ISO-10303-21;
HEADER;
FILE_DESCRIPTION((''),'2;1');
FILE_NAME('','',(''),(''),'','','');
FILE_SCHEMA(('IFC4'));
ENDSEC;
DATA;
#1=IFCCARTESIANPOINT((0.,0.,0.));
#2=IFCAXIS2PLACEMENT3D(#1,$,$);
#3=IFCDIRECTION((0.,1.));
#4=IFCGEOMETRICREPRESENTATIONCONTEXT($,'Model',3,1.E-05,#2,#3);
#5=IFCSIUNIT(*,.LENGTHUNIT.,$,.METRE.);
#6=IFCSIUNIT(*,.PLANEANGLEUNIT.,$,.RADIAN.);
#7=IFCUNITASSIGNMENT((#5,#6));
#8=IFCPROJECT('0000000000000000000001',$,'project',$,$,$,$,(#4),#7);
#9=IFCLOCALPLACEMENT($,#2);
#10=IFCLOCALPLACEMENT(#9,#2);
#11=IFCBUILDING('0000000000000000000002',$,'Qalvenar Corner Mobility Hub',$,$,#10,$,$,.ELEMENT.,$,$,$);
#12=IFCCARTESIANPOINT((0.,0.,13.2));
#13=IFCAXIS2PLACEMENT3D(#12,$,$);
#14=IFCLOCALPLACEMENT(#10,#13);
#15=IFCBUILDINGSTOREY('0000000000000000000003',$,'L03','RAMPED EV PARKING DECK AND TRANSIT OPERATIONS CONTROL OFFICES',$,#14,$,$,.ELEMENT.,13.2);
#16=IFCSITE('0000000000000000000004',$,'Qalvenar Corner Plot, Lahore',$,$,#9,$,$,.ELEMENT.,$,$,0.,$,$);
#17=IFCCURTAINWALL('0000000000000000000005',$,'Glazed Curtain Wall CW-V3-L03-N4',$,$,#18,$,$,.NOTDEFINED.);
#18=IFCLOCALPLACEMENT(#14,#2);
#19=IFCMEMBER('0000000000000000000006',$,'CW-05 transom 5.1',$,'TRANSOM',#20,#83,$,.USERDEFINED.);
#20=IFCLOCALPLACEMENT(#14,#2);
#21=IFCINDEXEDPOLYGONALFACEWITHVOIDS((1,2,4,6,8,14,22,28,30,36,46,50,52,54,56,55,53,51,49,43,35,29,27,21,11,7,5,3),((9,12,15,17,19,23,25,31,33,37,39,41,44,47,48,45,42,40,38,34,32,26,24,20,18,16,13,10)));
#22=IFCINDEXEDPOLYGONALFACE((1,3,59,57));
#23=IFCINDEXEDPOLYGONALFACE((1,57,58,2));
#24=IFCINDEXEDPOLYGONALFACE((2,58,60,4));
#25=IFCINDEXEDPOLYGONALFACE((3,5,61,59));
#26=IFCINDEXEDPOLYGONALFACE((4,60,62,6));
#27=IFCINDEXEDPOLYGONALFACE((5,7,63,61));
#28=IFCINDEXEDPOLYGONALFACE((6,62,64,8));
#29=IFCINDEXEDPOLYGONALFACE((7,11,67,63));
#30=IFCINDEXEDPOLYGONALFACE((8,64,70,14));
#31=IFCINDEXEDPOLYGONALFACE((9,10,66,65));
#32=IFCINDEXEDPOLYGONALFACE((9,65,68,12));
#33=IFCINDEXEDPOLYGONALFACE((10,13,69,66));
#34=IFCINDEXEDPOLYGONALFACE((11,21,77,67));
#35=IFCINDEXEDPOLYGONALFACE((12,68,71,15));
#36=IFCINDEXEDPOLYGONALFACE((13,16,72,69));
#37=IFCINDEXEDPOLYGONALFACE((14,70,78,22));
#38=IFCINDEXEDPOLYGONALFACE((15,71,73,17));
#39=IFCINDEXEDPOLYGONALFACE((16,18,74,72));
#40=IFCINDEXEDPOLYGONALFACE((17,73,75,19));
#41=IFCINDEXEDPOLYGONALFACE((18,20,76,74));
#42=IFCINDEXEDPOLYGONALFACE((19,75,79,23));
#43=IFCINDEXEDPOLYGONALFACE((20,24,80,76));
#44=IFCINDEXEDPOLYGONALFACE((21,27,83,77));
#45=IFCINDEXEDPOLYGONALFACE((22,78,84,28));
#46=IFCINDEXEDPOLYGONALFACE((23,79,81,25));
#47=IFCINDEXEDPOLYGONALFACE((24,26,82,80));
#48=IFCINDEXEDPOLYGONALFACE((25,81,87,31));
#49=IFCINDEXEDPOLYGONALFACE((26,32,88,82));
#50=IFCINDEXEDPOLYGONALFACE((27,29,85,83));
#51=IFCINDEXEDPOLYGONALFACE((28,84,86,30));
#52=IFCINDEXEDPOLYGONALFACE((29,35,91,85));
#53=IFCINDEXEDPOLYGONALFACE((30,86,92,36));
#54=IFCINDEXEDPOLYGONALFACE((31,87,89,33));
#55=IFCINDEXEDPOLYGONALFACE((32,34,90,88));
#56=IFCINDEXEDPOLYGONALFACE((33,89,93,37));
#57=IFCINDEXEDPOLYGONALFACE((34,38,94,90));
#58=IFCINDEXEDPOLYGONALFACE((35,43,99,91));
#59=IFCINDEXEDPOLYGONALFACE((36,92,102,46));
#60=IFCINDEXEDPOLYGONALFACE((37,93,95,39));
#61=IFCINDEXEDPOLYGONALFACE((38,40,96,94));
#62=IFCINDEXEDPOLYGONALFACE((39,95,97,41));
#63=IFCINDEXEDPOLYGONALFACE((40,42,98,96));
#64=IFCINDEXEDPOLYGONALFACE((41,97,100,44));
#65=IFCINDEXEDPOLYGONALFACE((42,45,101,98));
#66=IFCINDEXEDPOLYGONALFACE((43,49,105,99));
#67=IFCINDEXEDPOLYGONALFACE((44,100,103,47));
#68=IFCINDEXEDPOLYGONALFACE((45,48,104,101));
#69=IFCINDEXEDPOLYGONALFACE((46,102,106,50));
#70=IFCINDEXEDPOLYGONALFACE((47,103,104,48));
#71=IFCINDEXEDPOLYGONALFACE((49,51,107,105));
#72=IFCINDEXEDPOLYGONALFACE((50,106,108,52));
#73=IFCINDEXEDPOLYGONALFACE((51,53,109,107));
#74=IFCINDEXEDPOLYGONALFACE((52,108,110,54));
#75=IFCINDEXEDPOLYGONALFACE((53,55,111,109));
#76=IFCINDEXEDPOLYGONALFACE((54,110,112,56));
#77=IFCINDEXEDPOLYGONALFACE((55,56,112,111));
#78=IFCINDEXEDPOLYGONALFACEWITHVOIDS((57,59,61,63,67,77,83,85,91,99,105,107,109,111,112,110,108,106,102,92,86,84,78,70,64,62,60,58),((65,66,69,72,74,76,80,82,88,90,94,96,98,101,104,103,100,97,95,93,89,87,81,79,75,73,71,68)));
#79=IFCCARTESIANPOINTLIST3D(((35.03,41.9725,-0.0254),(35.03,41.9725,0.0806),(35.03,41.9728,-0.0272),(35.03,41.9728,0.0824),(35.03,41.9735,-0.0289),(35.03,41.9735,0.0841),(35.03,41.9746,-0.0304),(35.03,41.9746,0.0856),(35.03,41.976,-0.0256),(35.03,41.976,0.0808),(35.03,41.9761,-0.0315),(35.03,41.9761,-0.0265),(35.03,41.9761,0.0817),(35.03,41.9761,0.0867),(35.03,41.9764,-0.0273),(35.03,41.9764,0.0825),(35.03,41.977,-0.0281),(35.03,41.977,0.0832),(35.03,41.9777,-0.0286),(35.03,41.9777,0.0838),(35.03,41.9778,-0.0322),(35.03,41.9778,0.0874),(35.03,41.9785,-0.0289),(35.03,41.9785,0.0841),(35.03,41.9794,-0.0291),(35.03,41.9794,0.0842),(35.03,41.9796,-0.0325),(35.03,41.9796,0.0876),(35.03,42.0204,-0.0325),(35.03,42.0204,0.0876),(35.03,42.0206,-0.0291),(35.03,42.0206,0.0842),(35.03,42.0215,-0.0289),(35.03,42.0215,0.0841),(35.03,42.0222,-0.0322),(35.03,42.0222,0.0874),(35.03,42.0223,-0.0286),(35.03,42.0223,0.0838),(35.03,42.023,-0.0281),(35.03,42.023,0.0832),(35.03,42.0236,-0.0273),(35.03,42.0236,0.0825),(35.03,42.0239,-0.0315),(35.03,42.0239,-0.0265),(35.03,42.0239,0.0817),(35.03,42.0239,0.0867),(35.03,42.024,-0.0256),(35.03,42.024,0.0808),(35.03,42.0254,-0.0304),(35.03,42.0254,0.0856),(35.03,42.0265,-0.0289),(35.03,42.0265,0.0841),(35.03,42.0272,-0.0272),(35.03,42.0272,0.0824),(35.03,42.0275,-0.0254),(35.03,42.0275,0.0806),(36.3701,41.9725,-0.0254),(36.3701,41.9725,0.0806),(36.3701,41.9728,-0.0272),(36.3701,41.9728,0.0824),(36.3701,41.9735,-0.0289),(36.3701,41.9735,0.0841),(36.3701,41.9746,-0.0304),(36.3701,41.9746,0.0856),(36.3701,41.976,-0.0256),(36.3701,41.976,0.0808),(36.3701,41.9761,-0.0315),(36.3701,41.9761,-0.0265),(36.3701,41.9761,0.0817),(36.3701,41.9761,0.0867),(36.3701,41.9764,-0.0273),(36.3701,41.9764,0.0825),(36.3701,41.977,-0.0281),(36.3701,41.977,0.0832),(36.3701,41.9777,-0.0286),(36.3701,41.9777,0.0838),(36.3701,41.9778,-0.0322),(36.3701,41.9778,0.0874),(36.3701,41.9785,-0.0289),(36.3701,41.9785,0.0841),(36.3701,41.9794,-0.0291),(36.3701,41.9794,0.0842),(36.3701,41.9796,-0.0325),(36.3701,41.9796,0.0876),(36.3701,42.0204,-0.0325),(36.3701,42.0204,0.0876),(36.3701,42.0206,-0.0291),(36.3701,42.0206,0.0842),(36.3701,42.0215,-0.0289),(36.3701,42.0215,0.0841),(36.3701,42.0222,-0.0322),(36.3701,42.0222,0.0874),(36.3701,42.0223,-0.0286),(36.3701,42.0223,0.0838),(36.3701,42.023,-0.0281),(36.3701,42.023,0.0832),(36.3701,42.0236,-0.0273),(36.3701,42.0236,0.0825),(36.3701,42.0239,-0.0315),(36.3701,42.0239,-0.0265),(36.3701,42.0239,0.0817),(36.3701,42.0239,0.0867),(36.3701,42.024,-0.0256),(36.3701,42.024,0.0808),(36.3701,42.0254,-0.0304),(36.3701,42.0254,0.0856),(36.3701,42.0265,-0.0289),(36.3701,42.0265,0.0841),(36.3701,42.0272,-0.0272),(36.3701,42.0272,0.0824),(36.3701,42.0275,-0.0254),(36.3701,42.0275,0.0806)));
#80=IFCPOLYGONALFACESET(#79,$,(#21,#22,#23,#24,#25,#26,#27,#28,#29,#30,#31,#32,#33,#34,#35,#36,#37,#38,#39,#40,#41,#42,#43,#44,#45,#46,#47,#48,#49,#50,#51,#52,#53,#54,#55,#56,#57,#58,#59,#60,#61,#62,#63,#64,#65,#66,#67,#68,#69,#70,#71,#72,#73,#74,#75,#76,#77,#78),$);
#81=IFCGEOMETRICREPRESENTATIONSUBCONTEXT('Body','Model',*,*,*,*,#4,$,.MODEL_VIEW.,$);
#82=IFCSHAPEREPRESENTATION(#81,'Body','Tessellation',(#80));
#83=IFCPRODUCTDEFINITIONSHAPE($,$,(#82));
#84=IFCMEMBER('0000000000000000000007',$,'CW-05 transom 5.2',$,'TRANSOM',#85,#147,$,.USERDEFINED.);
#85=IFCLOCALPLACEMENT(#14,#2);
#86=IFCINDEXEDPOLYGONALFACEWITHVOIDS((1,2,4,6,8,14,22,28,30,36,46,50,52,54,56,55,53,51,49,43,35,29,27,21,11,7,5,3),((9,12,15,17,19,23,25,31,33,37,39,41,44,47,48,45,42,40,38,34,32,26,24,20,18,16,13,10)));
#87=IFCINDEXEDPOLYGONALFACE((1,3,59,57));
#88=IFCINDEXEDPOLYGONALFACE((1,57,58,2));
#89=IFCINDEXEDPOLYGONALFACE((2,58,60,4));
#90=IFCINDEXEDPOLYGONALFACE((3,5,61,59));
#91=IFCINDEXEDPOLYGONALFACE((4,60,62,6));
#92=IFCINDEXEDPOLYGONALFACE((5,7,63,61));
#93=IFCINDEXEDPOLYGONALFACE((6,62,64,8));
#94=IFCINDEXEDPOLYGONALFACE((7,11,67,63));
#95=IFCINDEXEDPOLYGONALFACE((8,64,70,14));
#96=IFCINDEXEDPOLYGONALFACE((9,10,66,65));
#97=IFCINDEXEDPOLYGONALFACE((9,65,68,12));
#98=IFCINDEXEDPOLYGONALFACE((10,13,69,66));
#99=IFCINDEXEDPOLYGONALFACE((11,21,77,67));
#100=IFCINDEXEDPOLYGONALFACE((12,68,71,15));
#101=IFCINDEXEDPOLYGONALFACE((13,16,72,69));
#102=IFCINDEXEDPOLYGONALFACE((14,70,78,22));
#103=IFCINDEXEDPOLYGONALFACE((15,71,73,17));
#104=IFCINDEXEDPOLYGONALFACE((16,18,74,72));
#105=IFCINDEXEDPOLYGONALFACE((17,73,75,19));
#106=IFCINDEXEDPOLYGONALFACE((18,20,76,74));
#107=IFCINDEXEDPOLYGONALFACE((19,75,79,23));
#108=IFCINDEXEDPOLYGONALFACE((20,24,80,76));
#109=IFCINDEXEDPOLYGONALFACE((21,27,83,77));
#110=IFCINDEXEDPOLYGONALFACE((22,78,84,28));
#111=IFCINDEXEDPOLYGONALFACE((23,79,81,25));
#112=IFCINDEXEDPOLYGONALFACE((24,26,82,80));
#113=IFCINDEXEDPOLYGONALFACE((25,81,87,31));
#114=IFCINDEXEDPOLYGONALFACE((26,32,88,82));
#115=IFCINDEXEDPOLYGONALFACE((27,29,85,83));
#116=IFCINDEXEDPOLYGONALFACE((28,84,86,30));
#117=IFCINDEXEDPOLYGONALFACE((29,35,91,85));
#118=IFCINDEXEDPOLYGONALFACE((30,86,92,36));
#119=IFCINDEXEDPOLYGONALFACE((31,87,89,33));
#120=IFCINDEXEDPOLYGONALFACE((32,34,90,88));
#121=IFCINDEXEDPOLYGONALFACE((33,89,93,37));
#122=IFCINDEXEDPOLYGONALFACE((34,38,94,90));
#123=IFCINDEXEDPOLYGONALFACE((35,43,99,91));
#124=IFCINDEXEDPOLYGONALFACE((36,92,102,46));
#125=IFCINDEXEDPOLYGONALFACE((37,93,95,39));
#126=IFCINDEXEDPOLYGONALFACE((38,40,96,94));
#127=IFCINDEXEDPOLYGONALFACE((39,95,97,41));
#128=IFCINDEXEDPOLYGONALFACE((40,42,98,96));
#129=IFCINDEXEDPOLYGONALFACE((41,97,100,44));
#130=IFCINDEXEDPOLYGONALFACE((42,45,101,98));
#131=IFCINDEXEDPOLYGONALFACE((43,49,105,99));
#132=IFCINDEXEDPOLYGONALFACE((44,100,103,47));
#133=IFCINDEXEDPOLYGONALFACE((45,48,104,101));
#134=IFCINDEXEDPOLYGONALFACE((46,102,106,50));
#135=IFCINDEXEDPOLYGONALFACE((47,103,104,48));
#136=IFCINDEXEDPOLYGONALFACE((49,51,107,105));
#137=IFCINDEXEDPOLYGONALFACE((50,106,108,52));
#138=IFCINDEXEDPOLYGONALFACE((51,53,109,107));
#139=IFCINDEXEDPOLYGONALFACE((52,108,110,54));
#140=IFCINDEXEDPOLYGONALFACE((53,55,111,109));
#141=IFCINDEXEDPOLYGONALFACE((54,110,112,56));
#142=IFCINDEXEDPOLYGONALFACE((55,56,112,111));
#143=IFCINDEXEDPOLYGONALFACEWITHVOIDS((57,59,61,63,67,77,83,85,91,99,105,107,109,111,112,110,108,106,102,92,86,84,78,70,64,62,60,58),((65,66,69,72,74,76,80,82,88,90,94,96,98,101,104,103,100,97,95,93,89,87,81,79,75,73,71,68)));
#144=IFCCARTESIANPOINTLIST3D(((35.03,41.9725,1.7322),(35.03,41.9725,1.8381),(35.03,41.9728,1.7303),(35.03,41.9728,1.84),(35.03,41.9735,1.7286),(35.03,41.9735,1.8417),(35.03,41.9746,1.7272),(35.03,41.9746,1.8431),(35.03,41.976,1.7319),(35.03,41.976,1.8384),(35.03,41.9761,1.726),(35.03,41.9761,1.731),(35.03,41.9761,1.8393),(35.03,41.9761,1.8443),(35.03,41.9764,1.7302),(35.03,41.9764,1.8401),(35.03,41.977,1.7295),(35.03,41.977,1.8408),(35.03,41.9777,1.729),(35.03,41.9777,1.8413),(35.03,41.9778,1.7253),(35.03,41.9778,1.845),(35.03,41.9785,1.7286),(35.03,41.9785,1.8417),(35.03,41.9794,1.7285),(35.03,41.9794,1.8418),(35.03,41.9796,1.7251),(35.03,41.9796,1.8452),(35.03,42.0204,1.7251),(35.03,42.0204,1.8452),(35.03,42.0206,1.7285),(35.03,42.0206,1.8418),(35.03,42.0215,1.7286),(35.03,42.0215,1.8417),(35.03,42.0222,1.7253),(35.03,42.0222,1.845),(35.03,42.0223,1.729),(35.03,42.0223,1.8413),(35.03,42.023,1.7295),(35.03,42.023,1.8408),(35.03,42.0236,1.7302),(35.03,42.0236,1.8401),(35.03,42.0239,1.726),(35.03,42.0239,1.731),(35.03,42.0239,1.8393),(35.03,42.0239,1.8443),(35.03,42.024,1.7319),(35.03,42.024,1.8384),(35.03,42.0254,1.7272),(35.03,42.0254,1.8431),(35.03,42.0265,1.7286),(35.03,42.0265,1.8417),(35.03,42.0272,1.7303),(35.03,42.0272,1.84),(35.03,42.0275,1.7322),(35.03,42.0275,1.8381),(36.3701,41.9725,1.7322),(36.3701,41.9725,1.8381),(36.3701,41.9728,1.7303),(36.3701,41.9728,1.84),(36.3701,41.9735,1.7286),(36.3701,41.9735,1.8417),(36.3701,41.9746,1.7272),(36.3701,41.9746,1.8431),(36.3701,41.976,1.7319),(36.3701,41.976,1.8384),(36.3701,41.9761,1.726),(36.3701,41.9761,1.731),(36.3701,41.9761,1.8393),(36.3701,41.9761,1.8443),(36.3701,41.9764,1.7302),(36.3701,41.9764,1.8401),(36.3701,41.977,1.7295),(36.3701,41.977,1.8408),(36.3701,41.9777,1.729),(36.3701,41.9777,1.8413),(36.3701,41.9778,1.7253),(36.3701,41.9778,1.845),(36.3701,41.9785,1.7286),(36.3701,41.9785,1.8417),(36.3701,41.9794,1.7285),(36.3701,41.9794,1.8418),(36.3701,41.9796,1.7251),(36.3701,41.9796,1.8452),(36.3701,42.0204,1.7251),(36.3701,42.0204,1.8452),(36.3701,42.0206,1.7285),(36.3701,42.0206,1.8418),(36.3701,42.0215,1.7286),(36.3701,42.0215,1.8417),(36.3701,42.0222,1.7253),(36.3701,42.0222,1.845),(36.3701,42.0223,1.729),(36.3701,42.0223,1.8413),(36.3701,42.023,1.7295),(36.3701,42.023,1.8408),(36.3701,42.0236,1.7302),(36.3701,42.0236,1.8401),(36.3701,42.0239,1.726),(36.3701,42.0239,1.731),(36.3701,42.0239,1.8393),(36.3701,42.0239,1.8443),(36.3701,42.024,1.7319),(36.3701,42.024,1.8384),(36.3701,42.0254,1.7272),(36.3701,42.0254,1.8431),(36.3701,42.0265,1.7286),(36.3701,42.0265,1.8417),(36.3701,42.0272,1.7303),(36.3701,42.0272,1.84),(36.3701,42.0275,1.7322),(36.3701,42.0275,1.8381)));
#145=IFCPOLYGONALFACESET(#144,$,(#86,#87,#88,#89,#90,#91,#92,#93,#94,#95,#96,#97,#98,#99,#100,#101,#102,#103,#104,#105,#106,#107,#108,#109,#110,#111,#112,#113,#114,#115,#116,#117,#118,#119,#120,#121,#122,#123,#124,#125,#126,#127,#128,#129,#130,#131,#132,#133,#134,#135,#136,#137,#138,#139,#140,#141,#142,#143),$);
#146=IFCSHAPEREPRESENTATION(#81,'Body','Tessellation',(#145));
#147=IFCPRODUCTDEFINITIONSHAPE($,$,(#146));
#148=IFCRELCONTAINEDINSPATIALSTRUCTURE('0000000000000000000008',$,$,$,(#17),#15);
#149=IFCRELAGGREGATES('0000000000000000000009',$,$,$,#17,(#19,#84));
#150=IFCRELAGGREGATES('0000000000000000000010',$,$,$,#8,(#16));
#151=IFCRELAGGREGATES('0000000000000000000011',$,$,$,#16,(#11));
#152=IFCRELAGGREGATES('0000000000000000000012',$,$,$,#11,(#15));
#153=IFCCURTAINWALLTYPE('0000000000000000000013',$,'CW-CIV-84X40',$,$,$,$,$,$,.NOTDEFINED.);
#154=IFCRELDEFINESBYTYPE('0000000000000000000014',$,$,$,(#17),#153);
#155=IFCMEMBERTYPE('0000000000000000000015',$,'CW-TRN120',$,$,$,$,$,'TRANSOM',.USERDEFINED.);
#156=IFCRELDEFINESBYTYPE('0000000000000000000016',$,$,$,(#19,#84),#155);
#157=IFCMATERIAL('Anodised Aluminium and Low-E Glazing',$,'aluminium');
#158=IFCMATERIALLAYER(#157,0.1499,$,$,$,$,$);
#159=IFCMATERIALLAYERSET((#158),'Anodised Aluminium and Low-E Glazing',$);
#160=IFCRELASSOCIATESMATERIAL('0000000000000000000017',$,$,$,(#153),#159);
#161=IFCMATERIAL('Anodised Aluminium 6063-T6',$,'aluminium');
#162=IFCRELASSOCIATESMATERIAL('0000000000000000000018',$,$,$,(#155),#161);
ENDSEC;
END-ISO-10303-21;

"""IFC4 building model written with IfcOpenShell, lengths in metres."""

from ifc_helpers import new_model, si_unit, direction, frame, origin, origin_2d, place, context, subcontext, project, spatial, hollow_rectangle, extrude, material, layer, layer_set, material_profile, profile_set, type_object, element, aggregate, save


model = new_model("IFC4")

# Units and contexts
model_context = context("Model", 3, precision=1e-05, world=origin(), true_north=direction((0.0, 1.0)))
body_context = subcontext(model_context, "Body", "Model", "MODEL_VIEW")
ifc_project = project(units=[si_unit("LENGTHUNIT", "METRE"), si_unit("PLANEANGLEUNIT", "RADIAN")], contexts=[model_context])

# Site, building, storey
site_placement = place(None, origin())
site = spatial("IfcSite", under=ifc_project, at=site_placement, Name="Qalvenar Corner Plot, Lahore", CompositionType="ELEMENT", RefElevation=0.0)
building_placement = place(site_placement, origin())
building = spatial("IfcBuilding", under=site, at=building_placement, Name="Qalvenar Corner Mobility Hub", CompositionType="ELEMENT")
storey_placement = place(building_placement, frame((0.0, 0.0, 13.2)))
storey = spatial("IfcBuildingStorey", under=building, at=storey_placement, Name="L03", Description="RAMPED EV PARKING DECK AND TRANSIT OPERATIONS CONTROL OFFICES", CompositionType="ELEMENT", Elevation=13.2)

# Curtain wall, members
ifc_material_1 = material(Name="Anodised Aluminium and Low-E Glazing", Category="aluminium")
ifc_layer_1 = layer(ifc_material_1, 0.1499)
ifc_layer_set_1 = layer_set([ifc_layer_1], Name="Anodised Aluminium and Low-E Glazing")
curtain_wall_type = type_object("IfcCurtainWallType", Name="CW-CIV-84X40", PredefinedType="NOTDEFINED", material=ifc_layer_set_1)
curtain_wall_placement = place(storey_placement, origin())
curtain_wall = element("IfcCurtainWall", 1, at=curtain_wall_placement, inside=storey, type_object=curtain_wall_type, Name="Glazed Curtain Wall CW-V3-L03-N4", PredefinedType="NOTDEFINED")
ifc_material_2 = material(Name="Anodised Aluminium 6063-T6", Category="aluminium")
ifc_material_profile_1 = material_profile(ifc_material_2, hollow_rectangle(XDim=0.0549, YDim=0.1201, WallThickness=0.0034, InnerFilletRadius=0.0034, OuterFilletRadius=0.0071, at=origin_2d()), Name="RHS120x55x3.5")
ifc_profile_set_1 = profile_set([ifc_material_profile_1], Name="Anodised Aluminium 6063-T6")
member_type_1 = type_object("IfcMemberType", Name="CW-TRN120", ElementType="TRANSOM", PredefinedType="USERDEFINED", material=ifc_profile_set_1)
member_1_placement = place(storey_placement, frame((36.3701, 42.0, 0.0276), z_axis=(-1.0, 0.0, 0.0), x_axis=(0.0, -1.0, 0.0)))
member_1 = element("IfcMember", 2, at=member_1_placement, type_object=member_type_1, Name="CW-05 transom 5.1", ObjectType="TRANSOM", PredefinedType="USERDEFINED", context=body_context, shape_type="SweptSolid", body=[
    extrude(hollow_rectangle(XDim=0.0549, YDim=0.1201, WallThickness=0.0034, InnerFilletRadius=0.0034, OuterFilletRadius=0.0071, at=origin_2d()), origin(), (0.0, 0.0, 1.0), 1.3401),
])
member_2_placement = place(storey_placement, frame((36.3701, 42.0, 1.7852), z_axis=(-1.0, 0.0, 0.0), x_axis=(0.0, -1.0, 0.0)))
member_2 = element("IfcMember", 3, at=member_2_placement, type_object=member_type_1, Name="CW-05 transom 5.2", ObjectType="TRANSOM", PredefinedType="USERDEFINED", context=body_context, shape_type="SweptSolid", body=[
    extrude(hollow_rectangle(XDim=0.0549, YDim=0.1201, WallThickness=0.0034, InnerFilletRadius=0.0034, OuterFilletRadius=0.0071, at=origin_2d()), origin(), (0.0, 0.0, 1.0), 1.3401),
])
aggregate(curtain_wall, [member_1, member_2])

save(model, "model.ifc")
